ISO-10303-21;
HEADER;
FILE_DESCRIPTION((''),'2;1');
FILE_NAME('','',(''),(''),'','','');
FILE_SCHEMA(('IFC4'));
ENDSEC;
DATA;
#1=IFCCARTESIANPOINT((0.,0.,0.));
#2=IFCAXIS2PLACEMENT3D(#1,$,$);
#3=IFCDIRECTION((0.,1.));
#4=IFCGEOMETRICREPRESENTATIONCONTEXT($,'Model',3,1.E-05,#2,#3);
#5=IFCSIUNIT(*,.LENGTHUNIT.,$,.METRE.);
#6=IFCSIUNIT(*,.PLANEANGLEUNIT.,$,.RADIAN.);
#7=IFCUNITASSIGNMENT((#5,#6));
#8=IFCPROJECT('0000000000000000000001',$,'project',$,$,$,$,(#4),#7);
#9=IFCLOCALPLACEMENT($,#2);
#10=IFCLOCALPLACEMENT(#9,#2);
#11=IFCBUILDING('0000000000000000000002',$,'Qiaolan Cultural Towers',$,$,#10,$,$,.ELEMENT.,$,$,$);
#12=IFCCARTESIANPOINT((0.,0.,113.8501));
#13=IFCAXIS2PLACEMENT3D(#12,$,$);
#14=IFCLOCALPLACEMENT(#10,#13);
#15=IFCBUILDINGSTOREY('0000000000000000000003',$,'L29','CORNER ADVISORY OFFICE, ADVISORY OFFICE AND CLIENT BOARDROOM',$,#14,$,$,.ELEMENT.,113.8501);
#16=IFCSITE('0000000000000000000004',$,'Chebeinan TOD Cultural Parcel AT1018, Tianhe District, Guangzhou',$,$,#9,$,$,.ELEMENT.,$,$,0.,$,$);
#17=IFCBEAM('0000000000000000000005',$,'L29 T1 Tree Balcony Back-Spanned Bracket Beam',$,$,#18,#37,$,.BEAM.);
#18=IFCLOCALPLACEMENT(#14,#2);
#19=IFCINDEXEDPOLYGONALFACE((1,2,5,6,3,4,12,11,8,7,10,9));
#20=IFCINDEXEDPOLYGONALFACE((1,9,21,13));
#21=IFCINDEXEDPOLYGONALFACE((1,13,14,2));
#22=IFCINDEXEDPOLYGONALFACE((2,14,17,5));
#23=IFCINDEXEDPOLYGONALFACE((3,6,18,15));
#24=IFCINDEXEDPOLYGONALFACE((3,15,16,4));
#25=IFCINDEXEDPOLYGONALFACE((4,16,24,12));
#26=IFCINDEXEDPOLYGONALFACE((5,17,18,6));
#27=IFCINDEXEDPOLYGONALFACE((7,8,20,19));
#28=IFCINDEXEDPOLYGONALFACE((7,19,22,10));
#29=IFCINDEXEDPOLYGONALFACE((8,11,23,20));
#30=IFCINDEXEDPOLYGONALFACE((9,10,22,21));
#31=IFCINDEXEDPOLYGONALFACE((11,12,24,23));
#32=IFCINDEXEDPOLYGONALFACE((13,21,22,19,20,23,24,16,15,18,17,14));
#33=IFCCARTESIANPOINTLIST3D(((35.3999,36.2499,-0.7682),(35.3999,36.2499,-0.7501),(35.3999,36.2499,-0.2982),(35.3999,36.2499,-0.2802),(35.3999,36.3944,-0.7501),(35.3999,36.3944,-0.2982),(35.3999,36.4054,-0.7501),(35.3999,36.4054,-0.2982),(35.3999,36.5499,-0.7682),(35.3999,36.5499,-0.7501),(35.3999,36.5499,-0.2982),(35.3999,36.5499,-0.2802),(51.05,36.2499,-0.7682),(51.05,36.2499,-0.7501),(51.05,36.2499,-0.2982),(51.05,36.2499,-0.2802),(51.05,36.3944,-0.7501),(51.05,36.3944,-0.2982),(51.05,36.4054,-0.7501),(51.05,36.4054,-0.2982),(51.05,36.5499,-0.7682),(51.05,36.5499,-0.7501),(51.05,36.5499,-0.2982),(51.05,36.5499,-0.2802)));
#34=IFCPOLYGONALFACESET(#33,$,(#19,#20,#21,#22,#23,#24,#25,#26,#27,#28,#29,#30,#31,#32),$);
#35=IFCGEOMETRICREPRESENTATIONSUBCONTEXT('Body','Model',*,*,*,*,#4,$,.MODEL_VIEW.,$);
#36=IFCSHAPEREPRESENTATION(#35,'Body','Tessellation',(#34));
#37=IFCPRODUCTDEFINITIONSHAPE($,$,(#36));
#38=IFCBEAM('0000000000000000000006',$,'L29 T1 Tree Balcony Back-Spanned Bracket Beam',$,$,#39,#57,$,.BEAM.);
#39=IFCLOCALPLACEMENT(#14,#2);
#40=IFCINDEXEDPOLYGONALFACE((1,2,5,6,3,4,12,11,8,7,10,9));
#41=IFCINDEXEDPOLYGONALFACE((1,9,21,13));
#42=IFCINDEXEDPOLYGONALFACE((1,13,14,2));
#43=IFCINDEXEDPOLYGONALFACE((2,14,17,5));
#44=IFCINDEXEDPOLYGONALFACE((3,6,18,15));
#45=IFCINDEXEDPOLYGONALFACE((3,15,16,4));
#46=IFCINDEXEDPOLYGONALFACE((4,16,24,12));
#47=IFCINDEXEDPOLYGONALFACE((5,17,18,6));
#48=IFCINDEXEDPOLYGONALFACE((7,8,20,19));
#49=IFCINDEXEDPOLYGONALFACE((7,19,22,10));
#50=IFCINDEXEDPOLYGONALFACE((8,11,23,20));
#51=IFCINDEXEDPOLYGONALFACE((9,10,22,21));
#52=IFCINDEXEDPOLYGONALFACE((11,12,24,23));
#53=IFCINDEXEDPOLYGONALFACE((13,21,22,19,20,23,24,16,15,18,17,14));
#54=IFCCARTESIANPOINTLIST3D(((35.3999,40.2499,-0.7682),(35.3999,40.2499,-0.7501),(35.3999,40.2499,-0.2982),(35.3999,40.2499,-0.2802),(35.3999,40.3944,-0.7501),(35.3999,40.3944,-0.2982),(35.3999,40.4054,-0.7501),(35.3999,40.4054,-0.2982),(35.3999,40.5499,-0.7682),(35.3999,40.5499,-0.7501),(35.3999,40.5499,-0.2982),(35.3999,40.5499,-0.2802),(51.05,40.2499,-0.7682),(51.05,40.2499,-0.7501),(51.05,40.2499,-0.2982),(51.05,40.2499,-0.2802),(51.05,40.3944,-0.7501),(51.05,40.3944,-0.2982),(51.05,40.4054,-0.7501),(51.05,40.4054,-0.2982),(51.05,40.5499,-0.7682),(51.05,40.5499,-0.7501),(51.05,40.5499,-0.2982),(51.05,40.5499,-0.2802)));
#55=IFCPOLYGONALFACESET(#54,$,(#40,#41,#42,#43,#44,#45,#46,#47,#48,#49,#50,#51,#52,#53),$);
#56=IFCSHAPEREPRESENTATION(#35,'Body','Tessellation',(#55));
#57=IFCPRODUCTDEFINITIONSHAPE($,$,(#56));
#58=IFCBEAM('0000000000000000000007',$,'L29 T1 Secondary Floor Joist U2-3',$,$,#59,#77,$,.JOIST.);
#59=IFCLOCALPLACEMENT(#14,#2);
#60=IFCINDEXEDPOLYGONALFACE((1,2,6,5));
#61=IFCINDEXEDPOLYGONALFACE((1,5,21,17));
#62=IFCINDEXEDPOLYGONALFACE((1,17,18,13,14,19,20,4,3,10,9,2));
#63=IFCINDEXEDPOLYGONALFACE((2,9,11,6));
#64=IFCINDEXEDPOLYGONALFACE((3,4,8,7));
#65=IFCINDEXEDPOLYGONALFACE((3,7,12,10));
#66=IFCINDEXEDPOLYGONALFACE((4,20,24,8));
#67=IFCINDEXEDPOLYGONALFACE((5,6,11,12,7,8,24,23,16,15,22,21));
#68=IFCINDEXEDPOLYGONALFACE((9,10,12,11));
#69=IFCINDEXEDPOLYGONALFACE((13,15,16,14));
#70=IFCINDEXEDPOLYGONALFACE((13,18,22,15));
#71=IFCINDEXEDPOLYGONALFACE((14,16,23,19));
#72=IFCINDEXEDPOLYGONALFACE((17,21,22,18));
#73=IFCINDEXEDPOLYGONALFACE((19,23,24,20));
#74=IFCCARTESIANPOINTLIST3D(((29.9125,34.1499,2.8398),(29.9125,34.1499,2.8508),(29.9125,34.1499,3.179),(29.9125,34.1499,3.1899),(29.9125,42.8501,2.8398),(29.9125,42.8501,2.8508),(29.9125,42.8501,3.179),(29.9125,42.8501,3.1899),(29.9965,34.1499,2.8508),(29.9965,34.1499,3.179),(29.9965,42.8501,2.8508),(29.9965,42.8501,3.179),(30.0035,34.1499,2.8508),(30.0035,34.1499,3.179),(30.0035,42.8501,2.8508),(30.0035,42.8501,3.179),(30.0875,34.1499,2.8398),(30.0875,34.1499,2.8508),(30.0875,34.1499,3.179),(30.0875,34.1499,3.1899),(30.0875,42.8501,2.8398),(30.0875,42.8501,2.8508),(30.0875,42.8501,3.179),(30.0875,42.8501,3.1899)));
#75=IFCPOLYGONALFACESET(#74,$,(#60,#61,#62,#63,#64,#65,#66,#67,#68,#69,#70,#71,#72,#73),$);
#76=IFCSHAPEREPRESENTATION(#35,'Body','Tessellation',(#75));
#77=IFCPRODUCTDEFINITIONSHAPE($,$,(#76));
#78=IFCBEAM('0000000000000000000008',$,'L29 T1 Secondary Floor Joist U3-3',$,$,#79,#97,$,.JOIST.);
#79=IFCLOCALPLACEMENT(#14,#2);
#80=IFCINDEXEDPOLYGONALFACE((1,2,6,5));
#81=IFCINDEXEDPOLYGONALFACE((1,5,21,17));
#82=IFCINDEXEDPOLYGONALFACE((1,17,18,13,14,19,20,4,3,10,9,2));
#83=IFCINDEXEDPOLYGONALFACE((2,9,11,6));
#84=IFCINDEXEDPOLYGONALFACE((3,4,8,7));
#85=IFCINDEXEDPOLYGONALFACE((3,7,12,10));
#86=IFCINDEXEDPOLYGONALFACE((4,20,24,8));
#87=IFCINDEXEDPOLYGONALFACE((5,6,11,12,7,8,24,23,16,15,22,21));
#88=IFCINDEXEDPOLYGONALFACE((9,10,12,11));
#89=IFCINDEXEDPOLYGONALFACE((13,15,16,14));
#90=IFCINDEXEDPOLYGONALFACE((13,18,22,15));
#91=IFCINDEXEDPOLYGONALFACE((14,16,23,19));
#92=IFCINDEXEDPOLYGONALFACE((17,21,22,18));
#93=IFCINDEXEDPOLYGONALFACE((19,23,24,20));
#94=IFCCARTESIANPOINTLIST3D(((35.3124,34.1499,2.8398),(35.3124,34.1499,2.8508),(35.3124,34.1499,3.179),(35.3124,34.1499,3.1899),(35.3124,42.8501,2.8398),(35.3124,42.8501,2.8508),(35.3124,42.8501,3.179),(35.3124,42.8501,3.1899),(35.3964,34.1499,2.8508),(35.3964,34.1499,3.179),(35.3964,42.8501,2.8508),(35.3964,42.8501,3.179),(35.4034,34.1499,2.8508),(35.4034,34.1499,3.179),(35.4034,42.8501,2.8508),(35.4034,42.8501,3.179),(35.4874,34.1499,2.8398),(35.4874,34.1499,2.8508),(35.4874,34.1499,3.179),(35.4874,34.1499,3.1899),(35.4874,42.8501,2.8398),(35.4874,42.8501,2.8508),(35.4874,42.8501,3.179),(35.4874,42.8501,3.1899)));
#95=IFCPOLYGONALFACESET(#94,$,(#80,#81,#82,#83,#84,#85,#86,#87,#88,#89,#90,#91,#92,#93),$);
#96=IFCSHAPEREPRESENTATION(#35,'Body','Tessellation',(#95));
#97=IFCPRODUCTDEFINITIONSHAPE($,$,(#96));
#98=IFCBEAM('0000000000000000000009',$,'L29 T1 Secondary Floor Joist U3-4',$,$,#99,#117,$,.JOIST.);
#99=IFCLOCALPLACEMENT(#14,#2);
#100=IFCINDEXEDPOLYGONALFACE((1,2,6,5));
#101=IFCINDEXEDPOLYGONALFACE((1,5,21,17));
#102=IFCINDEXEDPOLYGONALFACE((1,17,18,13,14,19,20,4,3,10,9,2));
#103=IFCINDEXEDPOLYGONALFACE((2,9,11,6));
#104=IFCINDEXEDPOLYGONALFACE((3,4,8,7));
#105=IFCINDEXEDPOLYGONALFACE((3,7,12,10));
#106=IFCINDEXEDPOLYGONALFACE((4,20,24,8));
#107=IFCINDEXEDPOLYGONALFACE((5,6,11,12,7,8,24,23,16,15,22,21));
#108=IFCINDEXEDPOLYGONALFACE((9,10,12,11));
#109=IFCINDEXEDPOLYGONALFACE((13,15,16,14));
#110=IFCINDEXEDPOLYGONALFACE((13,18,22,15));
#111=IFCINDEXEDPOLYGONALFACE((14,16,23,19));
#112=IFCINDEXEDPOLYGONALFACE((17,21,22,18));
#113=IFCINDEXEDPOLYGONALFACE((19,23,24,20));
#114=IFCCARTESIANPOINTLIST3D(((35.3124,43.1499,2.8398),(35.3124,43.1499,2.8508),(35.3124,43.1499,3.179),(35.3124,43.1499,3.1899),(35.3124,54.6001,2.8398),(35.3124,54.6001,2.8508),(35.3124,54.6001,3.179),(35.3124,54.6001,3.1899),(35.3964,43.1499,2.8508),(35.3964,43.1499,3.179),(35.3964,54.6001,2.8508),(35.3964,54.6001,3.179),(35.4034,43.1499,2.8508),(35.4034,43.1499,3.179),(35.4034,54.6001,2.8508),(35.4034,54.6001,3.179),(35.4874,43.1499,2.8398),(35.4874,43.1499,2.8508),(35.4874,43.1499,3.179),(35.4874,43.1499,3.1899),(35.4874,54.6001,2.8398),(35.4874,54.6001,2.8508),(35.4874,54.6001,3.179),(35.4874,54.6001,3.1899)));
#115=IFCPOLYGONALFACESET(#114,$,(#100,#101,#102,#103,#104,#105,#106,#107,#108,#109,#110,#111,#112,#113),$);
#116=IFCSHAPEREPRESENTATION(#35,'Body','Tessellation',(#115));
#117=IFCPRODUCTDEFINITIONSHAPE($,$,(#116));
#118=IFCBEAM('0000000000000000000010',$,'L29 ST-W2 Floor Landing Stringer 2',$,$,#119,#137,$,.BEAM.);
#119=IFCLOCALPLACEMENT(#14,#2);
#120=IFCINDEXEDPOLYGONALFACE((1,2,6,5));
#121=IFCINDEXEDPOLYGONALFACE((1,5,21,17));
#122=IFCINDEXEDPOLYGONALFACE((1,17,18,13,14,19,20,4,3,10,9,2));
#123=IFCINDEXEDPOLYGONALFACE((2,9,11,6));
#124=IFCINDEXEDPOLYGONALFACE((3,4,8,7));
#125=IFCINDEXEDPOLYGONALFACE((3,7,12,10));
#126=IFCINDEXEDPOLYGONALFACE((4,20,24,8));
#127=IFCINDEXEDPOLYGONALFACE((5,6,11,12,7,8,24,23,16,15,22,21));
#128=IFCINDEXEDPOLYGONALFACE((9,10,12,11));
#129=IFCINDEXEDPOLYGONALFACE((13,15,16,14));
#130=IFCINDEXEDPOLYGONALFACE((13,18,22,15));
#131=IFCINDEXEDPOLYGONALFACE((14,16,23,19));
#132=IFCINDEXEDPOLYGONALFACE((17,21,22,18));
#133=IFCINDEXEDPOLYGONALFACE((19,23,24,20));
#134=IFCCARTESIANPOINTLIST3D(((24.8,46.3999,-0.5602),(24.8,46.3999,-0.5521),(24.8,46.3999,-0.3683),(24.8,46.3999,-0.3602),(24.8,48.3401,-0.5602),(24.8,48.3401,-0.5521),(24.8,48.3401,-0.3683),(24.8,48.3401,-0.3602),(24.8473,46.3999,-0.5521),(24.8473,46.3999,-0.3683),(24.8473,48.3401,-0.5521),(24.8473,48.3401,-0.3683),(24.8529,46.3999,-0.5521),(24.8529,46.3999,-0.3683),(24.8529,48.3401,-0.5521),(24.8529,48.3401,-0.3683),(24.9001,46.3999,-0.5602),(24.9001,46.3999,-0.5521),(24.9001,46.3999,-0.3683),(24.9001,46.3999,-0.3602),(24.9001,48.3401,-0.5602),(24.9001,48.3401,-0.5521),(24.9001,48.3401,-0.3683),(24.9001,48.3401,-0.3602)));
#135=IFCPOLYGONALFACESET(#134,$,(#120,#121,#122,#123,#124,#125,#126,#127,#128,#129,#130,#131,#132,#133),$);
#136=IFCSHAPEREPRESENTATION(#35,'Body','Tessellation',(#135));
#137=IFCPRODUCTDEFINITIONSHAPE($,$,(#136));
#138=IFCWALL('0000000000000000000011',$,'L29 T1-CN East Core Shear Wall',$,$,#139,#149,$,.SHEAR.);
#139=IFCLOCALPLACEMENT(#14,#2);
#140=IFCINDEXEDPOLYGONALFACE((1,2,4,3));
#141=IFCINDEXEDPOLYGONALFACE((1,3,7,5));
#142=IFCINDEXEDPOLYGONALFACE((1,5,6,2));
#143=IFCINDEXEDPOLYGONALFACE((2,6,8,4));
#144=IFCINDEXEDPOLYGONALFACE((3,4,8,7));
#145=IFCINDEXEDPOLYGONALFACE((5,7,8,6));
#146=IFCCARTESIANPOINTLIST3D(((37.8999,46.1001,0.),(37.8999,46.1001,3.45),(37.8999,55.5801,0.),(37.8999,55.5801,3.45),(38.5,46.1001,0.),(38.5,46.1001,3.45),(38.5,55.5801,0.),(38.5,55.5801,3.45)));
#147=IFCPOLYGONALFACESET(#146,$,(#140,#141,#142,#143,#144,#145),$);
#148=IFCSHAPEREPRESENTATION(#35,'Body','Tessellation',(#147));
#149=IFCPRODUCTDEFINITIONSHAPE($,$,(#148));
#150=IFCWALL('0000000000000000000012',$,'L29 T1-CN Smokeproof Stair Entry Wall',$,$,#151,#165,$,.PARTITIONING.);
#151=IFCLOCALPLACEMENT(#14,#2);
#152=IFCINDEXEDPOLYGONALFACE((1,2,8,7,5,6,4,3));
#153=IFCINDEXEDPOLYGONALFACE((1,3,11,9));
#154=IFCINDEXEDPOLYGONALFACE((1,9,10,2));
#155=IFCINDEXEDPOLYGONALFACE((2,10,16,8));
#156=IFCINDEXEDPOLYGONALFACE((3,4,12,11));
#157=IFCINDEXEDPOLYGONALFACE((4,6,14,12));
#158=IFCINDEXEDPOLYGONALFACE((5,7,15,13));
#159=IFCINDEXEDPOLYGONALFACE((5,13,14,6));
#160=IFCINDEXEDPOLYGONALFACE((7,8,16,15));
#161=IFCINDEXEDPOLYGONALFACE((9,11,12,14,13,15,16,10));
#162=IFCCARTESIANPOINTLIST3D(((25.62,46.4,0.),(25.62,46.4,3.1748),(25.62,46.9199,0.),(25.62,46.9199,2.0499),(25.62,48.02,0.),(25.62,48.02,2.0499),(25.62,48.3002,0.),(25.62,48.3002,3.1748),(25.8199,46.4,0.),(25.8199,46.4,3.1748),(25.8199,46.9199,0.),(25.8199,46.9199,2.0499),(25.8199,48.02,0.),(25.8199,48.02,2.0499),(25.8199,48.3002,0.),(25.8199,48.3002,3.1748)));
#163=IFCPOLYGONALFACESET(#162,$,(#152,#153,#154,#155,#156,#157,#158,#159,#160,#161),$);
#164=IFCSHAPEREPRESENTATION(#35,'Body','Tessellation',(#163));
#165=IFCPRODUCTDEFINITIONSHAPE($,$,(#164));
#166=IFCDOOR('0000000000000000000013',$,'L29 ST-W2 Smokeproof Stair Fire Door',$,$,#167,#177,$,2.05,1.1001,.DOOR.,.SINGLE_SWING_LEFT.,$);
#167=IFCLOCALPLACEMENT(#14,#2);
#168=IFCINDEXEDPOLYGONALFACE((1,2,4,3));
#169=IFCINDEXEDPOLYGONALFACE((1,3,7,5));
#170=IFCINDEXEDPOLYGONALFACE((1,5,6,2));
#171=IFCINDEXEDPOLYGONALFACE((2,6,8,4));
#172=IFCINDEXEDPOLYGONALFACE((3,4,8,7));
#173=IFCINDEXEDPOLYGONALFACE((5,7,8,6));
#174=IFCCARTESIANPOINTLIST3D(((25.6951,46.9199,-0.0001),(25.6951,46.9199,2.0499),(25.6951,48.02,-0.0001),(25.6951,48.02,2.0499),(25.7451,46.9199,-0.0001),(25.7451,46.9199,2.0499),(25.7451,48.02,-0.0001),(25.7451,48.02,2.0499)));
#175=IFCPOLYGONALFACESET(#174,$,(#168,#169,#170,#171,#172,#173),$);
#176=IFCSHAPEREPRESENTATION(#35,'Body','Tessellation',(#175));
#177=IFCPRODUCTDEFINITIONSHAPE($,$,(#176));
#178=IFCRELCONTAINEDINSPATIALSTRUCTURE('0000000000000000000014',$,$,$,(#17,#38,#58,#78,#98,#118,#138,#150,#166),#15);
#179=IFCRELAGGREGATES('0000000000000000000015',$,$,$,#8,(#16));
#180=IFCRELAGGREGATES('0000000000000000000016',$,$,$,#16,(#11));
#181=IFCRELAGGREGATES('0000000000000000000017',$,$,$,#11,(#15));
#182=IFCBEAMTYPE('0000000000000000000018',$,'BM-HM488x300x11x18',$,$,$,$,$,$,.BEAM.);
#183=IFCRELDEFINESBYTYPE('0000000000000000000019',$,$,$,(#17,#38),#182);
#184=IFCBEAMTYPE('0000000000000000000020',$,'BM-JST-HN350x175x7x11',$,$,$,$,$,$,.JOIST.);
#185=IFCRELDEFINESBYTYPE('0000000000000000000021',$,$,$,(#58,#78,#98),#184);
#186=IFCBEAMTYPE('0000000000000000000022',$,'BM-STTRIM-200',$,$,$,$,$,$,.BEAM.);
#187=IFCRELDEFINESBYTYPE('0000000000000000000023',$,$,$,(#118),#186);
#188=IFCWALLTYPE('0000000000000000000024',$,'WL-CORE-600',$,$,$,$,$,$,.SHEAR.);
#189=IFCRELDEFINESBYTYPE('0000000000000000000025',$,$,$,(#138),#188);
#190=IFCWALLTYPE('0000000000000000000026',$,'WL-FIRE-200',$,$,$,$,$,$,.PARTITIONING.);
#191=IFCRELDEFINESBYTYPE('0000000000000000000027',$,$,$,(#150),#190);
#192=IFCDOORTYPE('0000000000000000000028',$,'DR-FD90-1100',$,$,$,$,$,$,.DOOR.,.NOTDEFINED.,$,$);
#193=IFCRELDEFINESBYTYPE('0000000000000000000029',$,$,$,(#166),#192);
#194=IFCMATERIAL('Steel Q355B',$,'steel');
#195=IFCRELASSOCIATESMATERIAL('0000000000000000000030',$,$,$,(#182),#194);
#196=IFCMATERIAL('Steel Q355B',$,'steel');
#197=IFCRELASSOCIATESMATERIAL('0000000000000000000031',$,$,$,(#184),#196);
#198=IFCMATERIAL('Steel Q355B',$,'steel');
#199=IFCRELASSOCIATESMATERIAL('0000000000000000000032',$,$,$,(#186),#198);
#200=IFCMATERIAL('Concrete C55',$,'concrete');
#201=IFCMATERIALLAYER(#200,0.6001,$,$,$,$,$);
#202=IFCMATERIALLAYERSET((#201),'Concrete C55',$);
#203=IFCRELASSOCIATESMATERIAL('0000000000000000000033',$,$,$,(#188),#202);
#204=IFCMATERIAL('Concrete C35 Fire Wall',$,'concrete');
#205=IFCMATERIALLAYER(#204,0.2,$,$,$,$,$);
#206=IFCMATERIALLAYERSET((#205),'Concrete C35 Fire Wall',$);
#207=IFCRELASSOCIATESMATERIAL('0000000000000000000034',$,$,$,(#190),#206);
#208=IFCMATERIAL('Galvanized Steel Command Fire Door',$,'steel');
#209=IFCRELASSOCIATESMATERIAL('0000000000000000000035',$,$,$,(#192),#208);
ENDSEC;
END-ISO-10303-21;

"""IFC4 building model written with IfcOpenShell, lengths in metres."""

from ifc_helpers import new_model, si_unit, direction, frame, frame_2d, origin, origin_2d, place, context, subcontext, project, spatial, rectangle, i_section, extrude, material, layer, layer_set, material_profile, profile_set, type_object, element, fill, save


model = new_model("IFC4")

# Units and contexts
model_context = context("Model", 3, precision=1e-05, world=origin(), true_north=direction((0.0, 1.0)))
body_context = subcontext(model_context, "Body", "Model", "MODEL_VIEW")
ifc_project = project(units=[si_unit("LENGTHUNIT", "METRE"), si_unit("PLANEANGLEUNIT", "RADIAN")], contexts=[model_context])

# Site, building, storey
site_placement = place(None, origin())
site = spatial("IfcSite", under=ifc_project, at=site_placement, Name="Chebeinan TOD Cultural Parcel AT1018, Tianhe District, Guangzhou", CompositionType="ELEMENT", RefElevation=0.0)
building_placement = place(site_placement, origin())
building = spatial("IfcBuilding", under=site, at=building_placement, Name="Qiaolan Cultural Towers", CompositionType="ELEMENT")
storey_placement = place(building_placement, frame((0.0, 0.0, 113.8501)))
storey = spatial("IfcBuildingStorey", under=building, at=storey_placement, Name="L29", Description="CORNER ADVISORY OFFICE, ADVISORY OFFICE AND CLIENT BOARDROOM", CompositionType="ELEMENT", Elevation=113.8501)

# Beams
ifc_material_1 = material(Name="Steel Q355B", Category="steel")
ifc_material_profile_1 = material_profile(ifc_material_1, i_section(OverallWidth=0.3, OverallDepth=0.488, WebThickness=0.011, FlangeThickness=0.0181, at=origin_2d()), Name="HM488x300x11x18")
ifc_profile_set_1 = profile_set([ifc_material_profile_1], Name="Steel Q355B")
beam_type_1 = type_object("IfcBeamType", Name="BM-HM488x300x11x18", PredefinedType="BEAM", material=ifc_profile_set_1)
for number, where, z_axis, x_axis, name in (
    (1, (35.3999, 36.3999, -0.5242), (1.0, 0.0, 0.0), (0.0, 1.0, 0.0), "L29 T1 Tree Balcony Back-Spanned Bracket Beam"),
    (2, (35.3999, 40.3999, -0.5242), (1.0, 0.0, 0.0), (0.0, 1.0, 0.0), "L29 T1 Tree Balcony Back-Spanned Bracket Beam"),
):
    element("IfcBeam", number, at=place(storey_placement, frame(where, z_axis=z_axis, x_axis=x_axis)), inside=storey, type_object=beam_type_1, Name=name, PredefinedType="BEAM", context=body_context, shape_type="SweptSolid", body=[
        extrude(i_section(OverallWidth=0.3, OverallDepth=0.488, WebThickness=0.011, FlangeThickness=0.0181, at=origin_2d()), origin(), (0.0, 0.0, 1.0), 15.6501),
    ])
ifc_material_2 = material(Name="Steel Q355B", Category="steel")
ifc_material_profile_2 = material_profile(ifc_material_2, i_section(OverallWidth=0.175, OverallDepth=0.3501, WebThickness=0.0071, FlangeThickness=0.011, at=origin_2d()), Name="HN350x175x7x11")
ifc_profile_set_2 = profile_set([ifc_material_profile_2], Name="Steel Q355B")
beam_type_2 = type_object("IfcBeamType", Name="BM-JST-HN350x175x7x11", PredefinedType="JOIST", material=ifc_profile_set_2)
for number, where, z_axis, x_axis, name in (
    (3, (30.0, 34.1499, 3.0149), (0.0, 1.0, 0.0), (-1.0, 0.0, 0.0), "L29 T1 Secondary Floor Joist U2-3"),
    (4, (35.3999, 34.1499, 3.0149), (0.0, 1.0, 0.0), (-1.0, 0.0, 0.0), "L29 T1 Secondary Floor Joist U3-3"),
):
    element("IfcBeam", number, at=place(storey_placement, frame(where, z_axis=z_axis, x_axis=x_axis)), inside=storey, type_object=beam_type_2, Name=name, PredefinedType="JOIST", context=body_context, shape_type="SweptSolid", body=[
        extrude(i_section(OverallWidth=0.175, OverallDepth=0.3501, WebThickness=0.0071, FlangeThickness=0.011, at=origin_2d()), origin(), (0.0, 0.0, 1.0), 8.7002),
    ])
beam_1_placement = place(storey_placement, frame((35.3999, 43.1499, 3.0149), z_axis=(0.0, 1.0, 0.0), x_axis=(-1.0, 0.0, 0.0)))
element("IfcBeam", 5, at=beam_1_placement, inside=storey, type_object=beam_type_2, Name="L29 T1 Secondary Floor Joist U3-4", PredefinedType="JOIST", context=body_context, shape_type="SweptSolid", body=[
    extrude(i_section(OverallWidth=0.175, OverallDepth=0.3501, WebThickness=0.0071, FlangeThickness=0.011, at=origin_2d()), origin(), (0.0, 0.0, 1.0), 11.4502),
])
ifc_material_3 = material(Name="Steel Q355B", Category="steel")
ifc_material_profile_3 = material_profile(ifc_material_3, i_section(OverallWidth=0.1001, OverallDepth=0.2, WebThickness=0.0056, FlangeThickness=0.0081, at=origin_2d()), Name="HN200x100x5.5x8")
ifc_profile_set_3 = profile_set([ifc_material_profile_3], Name="Steel Q355B")
beam_type_3 = type_object("IfcBeamType", Name="BM-STTRIM-200", PredefinedType="BEAM", material=ifc_profile_set_3)
beam_2_placement = place(storey_placement, frame((24.8501, 46.3999, -0.4602), z_axis=(0.0, 1.0, 0.0), x_axis=(-1.0, 0.0, 0.0)))
element("IfcBeam", 6, at=beam_2_placement, inside=storey, type_object=beam_type_3, Name="L29 ST-W2 Floor Landing Stringer 2", PredefinedType="BEAM", context=body_context, shape_type="SweptSolid", body=[
    extrude(i_section(OverallWidth=0.1001, OverallDepth=0.2, WebThickness=0.0056, FlangeThickness=0.0081, at=origin_2d()), origin(), (0.0, 0.0, 1.0), 1.9402),
])

# Wall
ifc_material_4 = material(Name="Concrete C55", Category="concrete")
ifc_layer_1 = layer(ifc_material_4, 0.6001)
ifc_layer_set_1 = layer_set([ifc_layer_1], Name="Concrete C55")
wall_type_1 = type_object("IfcWallType", Name="WL-CORE-600", PredefinedType="SHEAR", material=ifc_layer_set_1)
wall_1_placement = place(storey_placement, frame((38.2, 46.1001, 0.0), z_axis=(0.0, 0.0, 1.0), x_axis=(0.0, 1.0, 0.0)))
element("IfcWall", 7, at=wall_1_placement, inside=storey, type_object=wall_type_1, Name="L29 T1-CN East Core Shear Wall", PredefinedType="SHEAR", context=body_context, shape_type="SweptSolid", body=[
    extrude(rectangle(XDim=9.48, YDim=0.6001, at=frame_2d((4.74, 0.0))), origin(), (0.0, 0.0, 1.0), 3.45),
])

# Wall, opening, door
ifc_material_5 = material(Name="Concrete C35 Fire Wall", Category="concrete")
ifc_layer_2 = layer(ifc_material_5, 0.2)
ifc_layer_set_2 = layer_set([ifc_layer_2], Name="Concrete C35 Fire Wall")
wall_type_2 = type_object("IfcWallType", Name="WL-FIRE-200", PredefinedType="PARTITIONING", material=ifc_layer_set_2)
wall_2_placement = place(storey_placement, frame((25.72, 46.3999, 0.0), z_axis=(0.0, 0.0, 1.0), x_axis=(0.0, 1.0, 0.0)))
wall_2 = element("IfcWall", 8, at=wall_2_placement, inside=storey, type_object=wall_type_2, Name="L29 T1-CN Smokeproof Stair Entry Wall", PredefinedType="PARTITIONING", context=body_context, shape_type="SweptSolid", body=[
    extrude(rectangle(XDim=1.9001, YDim=0.2, at=frame_2d((0.9502, 0.0))), origin(), (0.0, 0.0, 1.0), 3.1748),
])
opening_1_placement = place(wall_2_placement, frame((0.52, 0.0, 0.0)))
opening_1 = element("IfcOpeningElement", 9, at=opening_1_placement, cuts=wall_2, PredefinedType="OPENING", context=body_context, shape_type="SweptSolid", body=[
    extrude(rectangle(XDim=1.1001, YDim=2.05, at=frame_2d((0.55, 1.0249))), frame((0.0, 0.1099, 0.0), z_axis=(0.0, -1.0, 0.0), x_axis=(1.0, 0.0, 0.0)), (0.0, 0.0, 1.0), 0.22),
])
ifc_material_6 = material(Name="Galvanized Steel Command Fire Door", Category="steel")
door_type_1 = type_object("IfcDoorType", Name="DR-FD90-1100", OperationType="NOTDEFINED", PredefinedType="DOOR", material=ifc_material_6)
door_1_placement = place(opening_1_placement, origin())
door_1 = element("IfcDoor", 10, at=door_1_placement, inside=storey, type_object=door_type_1, Name="L29 ST-W2 Smokeproof Stair Fire Door", OperationType="SINGLE_SWING_LEFT", OverallHeight=2.05, OverallWidth=1.1001, PredefinedType="DOOR", context=body_context, shape_type="SweptSolid", body=[
    extrude(rectangle(XDim=1.1001, YDim=2.05, at=frame_2d((0.55, 1.0249))), frame((0.0, 0.0249, 0.0), z_axis=(0.0, -1.0, 0.0), x_axis=(1.0, 0.0, 0.0)), (0.0, 0.0, 1.0), 0.05),
])
fill(opening_1, door_1)

save(model, "model.ifc")
